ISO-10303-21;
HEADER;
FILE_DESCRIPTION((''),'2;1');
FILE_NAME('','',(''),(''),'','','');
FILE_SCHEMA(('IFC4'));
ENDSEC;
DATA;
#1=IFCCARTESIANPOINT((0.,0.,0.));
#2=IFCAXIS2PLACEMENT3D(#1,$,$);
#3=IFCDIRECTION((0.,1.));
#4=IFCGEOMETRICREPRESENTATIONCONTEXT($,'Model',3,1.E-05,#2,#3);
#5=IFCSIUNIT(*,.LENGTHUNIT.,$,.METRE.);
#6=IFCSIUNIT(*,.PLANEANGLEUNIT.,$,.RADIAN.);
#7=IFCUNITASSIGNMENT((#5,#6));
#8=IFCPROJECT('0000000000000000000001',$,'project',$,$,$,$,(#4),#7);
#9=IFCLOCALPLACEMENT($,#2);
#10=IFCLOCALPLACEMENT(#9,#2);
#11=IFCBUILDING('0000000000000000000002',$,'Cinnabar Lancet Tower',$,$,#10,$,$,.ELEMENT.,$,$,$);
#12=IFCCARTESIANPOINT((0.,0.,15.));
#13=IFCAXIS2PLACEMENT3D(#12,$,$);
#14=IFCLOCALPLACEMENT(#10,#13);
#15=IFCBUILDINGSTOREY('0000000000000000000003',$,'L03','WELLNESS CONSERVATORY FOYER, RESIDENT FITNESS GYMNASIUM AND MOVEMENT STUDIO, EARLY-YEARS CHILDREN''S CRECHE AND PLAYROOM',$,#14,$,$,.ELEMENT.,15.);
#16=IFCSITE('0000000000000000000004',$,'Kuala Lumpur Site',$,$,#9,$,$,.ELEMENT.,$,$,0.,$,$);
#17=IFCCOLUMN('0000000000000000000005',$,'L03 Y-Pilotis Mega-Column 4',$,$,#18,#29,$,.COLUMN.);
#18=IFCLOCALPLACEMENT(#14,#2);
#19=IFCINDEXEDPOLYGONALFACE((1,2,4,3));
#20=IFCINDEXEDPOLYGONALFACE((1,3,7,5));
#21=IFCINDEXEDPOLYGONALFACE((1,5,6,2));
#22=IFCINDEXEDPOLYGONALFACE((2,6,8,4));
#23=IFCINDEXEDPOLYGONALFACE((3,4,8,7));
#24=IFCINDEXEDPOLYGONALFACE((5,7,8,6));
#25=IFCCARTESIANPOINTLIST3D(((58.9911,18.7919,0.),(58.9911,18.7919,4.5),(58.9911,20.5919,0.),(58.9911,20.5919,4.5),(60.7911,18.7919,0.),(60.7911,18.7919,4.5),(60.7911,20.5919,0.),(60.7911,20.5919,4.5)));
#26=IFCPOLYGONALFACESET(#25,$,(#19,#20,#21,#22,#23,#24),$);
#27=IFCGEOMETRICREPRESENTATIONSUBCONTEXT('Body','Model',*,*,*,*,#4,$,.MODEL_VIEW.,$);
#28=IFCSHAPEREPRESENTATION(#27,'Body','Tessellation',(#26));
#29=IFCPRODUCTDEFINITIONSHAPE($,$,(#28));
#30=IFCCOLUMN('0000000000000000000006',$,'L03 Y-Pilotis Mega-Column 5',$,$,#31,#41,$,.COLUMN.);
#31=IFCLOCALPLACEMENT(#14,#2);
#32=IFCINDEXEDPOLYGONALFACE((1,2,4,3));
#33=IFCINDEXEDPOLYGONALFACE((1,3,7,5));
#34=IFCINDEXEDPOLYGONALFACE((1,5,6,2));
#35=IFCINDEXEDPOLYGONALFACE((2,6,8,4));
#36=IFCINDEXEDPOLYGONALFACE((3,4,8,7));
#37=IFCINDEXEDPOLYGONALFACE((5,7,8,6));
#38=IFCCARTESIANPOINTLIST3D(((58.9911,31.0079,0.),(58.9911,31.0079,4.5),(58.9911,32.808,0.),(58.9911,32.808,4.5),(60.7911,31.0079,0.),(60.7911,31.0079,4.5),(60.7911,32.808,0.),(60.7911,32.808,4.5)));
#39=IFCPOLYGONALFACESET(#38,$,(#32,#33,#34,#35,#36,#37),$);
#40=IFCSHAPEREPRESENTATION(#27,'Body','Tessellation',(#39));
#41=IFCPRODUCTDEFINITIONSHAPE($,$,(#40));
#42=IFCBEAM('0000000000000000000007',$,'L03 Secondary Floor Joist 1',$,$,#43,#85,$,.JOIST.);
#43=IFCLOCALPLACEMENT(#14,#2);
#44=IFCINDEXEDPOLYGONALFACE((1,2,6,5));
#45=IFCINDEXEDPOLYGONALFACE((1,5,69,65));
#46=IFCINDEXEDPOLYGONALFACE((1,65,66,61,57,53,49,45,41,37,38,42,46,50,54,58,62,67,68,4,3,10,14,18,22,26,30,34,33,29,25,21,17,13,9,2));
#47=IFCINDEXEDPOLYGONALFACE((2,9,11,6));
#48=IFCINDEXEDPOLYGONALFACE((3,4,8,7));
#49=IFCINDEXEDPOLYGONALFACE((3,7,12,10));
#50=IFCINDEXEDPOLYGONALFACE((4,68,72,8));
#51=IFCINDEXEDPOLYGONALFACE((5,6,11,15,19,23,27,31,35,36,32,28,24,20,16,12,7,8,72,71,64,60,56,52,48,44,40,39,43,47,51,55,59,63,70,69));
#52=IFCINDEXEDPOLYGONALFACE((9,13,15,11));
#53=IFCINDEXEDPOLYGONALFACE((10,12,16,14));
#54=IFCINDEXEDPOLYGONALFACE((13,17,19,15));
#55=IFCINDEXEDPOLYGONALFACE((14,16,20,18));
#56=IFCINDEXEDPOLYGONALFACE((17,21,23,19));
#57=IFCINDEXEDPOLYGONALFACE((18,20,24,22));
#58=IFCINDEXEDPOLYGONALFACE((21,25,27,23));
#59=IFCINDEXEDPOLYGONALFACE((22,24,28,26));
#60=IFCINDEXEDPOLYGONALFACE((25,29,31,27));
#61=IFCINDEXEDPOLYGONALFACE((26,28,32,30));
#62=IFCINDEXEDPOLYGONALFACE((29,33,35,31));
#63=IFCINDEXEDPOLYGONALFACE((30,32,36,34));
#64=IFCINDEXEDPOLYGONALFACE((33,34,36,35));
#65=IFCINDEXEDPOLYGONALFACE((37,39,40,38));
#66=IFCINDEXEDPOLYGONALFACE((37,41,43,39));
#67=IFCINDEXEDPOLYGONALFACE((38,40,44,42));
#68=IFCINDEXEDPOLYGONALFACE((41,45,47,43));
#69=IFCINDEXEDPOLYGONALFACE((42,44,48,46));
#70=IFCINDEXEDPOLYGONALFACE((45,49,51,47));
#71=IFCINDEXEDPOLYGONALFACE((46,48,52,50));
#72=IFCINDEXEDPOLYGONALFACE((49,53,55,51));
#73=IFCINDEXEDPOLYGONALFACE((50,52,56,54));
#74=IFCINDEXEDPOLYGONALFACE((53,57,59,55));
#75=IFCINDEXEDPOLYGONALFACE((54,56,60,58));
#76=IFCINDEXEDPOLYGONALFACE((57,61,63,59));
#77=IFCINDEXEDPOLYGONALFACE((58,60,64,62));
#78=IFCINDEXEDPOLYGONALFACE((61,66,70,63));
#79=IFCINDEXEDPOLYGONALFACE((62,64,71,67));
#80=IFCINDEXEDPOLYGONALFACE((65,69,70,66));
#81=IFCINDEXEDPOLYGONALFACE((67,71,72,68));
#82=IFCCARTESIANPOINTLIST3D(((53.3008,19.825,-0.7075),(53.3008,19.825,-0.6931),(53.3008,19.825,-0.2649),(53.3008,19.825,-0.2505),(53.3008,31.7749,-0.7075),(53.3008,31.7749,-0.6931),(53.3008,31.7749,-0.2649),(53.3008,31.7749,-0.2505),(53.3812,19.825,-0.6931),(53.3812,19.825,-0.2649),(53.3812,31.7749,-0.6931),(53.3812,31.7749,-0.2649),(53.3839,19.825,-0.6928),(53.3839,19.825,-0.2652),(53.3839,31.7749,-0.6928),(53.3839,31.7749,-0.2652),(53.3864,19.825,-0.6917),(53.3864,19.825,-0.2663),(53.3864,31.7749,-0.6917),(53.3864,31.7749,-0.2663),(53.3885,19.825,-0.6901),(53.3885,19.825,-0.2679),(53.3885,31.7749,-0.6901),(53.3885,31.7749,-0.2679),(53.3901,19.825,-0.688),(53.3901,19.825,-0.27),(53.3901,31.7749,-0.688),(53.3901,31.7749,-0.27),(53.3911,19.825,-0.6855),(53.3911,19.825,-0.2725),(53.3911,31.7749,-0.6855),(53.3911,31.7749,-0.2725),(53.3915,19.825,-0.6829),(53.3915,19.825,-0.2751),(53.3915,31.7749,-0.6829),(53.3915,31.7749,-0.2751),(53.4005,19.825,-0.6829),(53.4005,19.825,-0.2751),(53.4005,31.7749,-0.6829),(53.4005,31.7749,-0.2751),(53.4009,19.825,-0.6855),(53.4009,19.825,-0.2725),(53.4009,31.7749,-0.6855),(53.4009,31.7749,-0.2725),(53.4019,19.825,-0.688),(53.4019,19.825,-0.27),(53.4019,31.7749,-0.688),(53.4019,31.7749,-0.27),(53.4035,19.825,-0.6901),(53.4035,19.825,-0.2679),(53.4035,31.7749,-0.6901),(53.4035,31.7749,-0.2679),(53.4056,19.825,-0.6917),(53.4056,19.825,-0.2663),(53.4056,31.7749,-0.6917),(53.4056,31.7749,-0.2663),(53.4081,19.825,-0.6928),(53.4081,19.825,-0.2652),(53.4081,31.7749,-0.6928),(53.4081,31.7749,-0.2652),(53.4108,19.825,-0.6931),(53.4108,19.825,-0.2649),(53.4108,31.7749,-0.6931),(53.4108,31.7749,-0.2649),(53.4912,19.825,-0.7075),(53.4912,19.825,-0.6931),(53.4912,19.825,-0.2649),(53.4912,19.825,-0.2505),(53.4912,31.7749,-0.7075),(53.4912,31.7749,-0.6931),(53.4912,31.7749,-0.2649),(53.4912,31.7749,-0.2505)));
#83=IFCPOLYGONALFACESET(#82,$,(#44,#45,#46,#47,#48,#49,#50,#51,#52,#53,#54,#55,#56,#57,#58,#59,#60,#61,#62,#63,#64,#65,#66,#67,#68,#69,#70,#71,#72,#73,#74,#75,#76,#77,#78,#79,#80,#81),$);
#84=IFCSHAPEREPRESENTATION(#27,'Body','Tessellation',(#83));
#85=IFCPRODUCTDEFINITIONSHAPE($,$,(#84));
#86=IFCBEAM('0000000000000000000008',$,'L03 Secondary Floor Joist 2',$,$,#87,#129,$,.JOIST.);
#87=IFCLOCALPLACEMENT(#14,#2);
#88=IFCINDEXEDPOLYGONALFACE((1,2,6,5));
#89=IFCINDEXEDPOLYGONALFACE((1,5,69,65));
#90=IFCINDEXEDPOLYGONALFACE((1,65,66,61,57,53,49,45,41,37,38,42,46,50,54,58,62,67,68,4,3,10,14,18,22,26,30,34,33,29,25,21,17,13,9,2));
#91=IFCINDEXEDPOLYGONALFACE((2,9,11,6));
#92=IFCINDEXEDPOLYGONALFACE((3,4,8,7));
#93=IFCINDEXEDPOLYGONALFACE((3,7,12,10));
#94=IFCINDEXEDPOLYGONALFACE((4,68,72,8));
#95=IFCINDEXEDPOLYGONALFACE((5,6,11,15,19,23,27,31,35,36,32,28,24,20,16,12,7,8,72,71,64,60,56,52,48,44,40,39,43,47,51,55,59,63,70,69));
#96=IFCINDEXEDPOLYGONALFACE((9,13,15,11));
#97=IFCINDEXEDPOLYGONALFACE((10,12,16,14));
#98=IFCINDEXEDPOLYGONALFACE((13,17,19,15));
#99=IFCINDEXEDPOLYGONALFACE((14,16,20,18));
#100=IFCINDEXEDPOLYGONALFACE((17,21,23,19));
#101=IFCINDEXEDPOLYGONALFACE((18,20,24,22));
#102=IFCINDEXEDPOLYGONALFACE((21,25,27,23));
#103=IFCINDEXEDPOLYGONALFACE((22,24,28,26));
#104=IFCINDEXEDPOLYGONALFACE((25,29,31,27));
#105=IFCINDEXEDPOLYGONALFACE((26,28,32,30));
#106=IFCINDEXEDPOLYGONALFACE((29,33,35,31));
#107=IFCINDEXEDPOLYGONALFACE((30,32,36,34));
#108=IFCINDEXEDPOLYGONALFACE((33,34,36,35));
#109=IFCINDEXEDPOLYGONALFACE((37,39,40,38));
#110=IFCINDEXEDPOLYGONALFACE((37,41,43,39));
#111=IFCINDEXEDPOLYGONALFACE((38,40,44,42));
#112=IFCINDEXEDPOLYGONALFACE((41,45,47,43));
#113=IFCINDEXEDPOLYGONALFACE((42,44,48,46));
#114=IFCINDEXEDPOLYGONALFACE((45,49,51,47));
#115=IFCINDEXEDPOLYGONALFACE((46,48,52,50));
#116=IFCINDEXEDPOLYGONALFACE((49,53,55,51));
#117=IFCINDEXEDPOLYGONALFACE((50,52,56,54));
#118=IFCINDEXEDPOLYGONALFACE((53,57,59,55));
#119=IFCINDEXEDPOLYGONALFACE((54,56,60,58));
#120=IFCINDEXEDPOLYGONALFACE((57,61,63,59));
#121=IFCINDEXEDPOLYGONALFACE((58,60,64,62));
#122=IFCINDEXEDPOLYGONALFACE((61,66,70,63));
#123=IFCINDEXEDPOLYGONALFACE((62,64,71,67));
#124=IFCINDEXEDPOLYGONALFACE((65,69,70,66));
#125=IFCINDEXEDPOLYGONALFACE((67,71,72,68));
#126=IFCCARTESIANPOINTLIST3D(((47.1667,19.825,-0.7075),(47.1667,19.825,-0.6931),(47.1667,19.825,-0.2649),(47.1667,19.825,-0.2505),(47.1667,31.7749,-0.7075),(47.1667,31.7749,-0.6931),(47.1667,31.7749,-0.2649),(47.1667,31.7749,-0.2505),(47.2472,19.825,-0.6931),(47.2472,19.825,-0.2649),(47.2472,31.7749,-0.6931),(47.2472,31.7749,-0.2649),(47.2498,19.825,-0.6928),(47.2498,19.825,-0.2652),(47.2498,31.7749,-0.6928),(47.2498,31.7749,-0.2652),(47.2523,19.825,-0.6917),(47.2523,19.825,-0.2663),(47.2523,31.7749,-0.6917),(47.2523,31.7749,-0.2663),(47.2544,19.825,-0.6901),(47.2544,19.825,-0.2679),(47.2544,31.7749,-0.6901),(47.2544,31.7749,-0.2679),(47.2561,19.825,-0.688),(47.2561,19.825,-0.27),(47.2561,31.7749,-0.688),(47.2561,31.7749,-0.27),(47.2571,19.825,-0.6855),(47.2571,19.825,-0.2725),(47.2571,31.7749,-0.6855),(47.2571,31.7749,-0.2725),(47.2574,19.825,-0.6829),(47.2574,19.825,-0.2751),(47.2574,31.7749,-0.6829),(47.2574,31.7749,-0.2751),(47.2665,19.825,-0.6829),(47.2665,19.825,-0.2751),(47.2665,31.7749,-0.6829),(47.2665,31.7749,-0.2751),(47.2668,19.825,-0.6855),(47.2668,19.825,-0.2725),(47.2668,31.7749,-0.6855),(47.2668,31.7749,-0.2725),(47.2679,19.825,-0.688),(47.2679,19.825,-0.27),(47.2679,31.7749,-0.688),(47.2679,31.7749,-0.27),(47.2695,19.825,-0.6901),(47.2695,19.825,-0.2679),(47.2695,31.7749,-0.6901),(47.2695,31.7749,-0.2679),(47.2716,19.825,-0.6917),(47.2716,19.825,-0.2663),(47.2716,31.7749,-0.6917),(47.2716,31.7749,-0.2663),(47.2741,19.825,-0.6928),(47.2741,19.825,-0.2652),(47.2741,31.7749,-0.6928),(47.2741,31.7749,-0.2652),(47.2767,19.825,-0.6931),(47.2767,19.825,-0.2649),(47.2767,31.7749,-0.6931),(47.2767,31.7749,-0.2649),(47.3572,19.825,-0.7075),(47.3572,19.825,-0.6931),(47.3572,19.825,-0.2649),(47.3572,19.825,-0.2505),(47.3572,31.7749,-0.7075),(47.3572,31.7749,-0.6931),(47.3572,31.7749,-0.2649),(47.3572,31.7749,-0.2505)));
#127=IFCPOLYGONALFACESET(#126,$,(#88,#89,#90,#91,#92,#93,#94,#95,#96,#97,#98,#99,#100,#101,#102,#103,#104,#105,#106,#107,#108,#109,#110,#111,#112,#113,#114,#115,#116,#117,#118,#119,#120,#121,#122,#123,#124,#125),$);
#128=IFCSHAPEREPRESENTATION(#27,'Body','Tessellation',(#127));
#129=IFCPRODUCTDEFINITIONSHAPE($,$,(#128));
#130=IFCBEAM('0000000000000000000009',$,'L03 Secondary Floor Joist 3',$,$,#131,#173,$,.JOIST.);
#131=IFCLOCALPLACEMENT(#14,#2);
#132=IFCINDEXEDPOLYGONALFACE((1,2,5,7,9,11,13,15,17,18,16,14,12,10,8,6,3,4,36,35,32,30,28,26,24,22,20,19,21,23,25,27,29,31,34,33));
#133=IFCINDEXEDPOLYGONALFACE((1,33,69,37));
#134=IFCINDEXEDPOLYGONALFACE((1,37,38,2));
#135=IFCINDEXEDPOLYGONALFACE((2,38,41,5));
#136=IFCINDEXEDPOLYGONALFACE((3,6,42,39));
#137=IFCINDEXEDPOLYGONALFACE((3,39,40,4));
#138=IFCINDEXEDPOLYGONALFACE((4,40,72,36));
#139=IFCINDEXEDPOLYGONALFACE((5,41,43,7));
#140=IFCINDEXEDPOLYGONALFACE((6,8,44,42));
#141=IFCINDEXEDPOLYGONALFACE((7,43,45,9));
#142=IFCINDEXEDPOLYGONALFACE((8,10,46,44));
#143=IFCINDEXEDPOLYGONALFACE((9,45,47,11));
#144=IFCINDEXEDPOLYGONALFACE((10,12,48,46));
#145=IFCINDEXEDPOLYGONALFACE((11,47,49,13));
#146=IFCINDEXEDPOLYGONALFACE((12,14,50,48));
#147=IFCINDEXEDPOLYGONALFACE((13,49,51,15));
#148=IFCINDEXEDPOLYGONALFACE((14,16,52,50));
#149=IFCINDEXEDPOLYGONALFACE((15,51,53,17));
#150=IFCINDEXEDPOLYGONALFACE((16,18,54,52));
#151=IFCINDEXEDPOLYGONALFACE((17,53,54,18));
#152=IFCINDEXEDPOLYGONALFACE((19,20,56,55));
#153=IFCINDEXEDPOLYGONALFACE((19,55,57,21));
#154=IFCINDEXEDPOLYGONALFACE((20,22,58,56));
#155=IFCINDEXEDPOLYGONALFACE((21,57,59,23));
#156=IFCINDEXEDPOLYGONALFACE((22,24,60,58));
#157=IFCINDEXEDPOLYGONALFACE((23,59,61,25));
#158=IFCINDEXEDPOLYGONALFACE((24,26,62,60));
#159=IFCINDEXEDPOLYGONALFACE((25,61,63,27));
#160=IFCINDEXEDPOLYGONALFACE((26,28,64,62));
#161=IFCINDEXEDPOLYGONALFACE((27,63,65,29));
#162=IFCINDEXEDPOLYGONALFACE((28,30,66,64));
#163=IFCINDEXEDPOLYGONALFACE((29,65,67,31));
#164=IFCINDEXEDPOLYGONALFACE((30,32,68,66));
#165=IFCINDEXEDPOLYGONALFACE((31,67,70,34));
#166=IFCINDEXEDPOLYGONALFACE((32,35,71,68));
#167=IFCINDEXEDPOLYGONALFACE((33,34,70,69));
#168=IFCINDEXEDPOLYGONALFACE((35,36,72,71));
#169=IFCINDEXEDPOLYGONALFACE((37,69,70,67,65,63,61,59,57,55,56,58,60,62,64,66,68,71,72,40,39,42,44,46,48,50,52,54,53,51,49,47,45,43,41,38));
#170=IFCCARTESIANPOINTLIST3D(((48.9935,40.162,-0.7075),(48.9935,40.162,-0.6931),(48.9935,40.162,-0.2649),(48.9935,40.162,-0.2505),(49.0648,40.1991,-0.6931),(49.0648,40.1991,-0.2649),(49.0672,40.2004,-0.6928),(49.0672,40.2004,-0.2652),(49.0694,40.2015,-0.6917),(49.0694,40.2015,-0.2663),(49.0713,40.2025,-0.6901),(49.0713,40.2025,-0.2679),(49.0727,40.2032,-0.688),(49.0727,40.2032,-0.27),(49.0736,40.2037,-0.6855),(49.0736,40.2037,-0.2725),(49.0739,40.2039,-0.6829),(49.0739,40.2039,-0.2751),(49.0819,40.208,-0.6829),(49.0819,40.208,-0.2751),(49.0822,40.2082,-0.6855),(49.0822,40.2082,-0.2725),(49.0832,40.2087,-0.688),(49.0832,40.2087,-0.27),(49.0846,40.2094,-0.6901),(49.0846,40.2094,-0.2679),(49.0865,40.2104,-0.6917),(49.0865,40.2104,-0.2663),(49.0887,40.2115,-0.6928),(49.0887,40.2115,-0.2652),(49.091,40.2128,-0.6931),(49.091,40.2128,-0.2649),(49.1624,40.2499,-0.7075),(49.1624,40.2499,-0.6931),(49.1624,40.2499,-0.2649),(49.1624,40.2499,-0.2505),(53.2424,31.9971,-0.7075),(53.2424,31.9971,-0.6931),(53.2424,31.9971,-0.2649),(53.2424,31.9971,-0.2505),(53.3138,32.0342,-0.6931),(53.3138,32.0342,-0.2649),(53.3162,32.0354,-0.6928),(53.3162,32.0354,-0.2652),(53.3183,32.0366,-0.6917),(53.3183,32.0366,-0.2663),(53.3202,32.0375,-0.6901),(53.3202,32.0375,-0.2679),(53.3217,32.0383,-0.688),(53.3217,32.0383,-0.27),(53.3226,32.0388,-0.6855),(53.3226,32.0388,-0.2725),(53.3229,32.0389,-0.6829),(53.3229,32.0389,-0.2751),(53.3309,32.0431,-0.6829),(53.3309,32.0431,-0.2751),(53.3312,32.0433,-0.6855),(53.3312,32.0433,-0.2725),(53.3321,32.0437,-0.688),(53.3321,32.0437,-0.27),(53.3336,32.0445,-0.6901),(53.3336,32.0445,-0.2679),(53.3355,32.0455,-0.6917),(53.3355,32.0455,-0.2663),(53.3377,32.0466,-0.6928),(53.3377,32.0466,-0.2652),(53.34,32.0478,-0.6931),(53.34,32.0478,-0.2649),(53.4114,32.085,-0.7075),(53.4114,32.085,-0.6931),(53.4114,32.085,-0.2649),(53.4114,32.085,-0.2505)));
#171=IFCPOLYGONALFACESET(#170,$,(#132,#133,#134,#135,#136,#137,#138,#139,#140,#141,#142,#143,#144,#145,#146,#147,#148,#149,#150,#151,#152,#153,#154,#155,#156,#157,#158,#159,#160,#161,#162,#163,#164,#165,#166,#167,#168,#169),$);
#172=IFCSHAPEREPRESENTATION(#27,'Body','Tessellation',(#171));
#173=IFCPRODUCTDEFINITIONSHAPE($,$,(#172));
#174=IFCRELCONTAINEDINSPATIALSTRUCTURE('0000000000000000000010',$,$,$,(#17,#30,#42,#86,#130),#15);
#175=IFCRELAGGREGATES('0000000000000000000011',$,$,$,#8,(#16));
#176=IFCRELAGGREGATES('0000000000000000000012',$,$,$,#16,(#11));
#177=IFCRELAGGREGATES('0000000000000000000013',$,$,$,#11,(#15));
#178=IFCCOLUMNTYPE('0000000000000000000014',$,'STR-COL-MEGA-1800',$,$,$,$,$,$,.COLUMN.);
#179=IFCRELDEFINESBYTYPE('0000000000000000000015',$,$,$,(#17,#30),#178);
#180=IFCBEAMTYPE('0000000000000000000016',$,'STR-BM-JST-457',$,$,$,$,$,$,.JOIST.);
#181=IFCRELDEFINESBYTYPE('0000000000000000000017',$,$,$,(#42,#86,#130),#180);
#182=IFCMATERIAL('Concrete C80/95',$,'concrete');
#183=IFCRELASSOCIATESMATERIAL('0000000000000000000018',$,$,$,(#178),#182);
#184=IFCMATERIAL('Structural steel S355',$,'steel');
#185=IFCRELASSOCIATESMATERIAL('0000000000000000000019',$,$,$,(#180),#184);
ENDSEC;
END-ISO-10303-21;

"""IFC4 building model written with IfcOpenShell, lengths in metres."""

from ifc_helpers import new_model, si_unit, direction, frame, origin, origin_2d, place, context, subcontext, project, spatial, rectangle, i_section, extrude, material, material_profile, profile_set, type_object, element, save


model = new_model("IFC4")

# Units and contexts
model_context = context("Model", 3, precision=1e-05, world=origin(), true_north=direction((0.0, 1.0)))
body_context = subcontext(model_context, "Body", "Model", "MODEL_VIEW")
ifc_project = project(units=[si_unit("LENGTHUNIT", "METRE"), si_unit("PLANEANGLEUNIT", "RADIAN")], contexts=[model_context])

# Site, building, storey
site_placement = place(None, origin())
site = spatial("IfcSite", under=ifc_project, at=site_placement, Name="Kuala Lumpur Site", CompositionType="ELEMENT", RefElevation=0.0)
building_placement = place(site_placement, origin())
building = spatial("IfcBuilding", under=site, at=building_placement, Name="Cinnabar Lancet Tower", CompositionType="ELEMENT")
storey_placement = place(building_placement, frame((0.0, 0.0, 15.0)))
storey = spatial("IfcBuildingStorey", under=building, at=storey_placement, Name="L03", Description="WELLNESS CONSERVATORY FOYER, RESIDENT FITNESS GYMNASIUM AND MOVEMENT STUDIO, EARLY-YEARS CHILDREN'S CRECHE AND PLAYROOM", CompositionType="ELEMENT", Elevation=15.0)

# Columns
ifc_material_1 = material(Name="Concrete C80/95", Category="concrete")
ifc_material_profile_1 = material_profile(ifc_material_1, rectangle(XDim=1.8, YDim=1.8, at=origin_2d()), Name="RC-MEGA 1800x1800")
ifc_profile_set_1 = profile_set([ifc_material_profile_1], Name="Concrete C80/95")
column_type = type_object("IfcColumnType", Name="STR-COL-MEGA-1800", PredefinedType="COLUMN", material=ifc_profile_set_1)
for number, where, z_axis, x_axis, name in (
    (1, (59.8911, 19.6919, 0.0), (0.0, 0.0, 1.0), (1.0, 0.0, 0.0), "L03 Y-Pilotis Mega-Column 4"),
    (2, (59.8911, 31.908, 0.0), (0.0, 0.0, 1.0), (1.0, 0.0, 0.0), "L03 Y-Pilotis Mega-Column 5"),
):
    element("IfcColumn", number, at=place(storey_placement, frame(where, z_axis=z_axis, x_axis=x_axis)), inside=storey, type_object=column_type, Name=name, PredefinedType="COLUMN", context=body_context, shape_type="SweptSolid", body=[
        extrude(rectangle(XDim=1.8, YDim=1.8, at=origin_2d()), origin(), (0.0, 0.0, 1.0), 4.5),
    ])

# Beams
ifc_material_2 = material(Name="Structural steel S355", Category="steel")
ifc_material_profile_2 = material_profile(ifc_material_2, i_section(OverallWidth=0.1904, OverallDepth=0.457, WebThickness=0.009, FlangeThickness=0.0144, FilletRadius=0.0103, at=origin_2d()), Name="UKB 457x191x74")
ifc_profile_set_2 = profile_set([ifc_material_profile_2], Name="Structural steel S355")
beam_type_1 = type_object("IfcBeamType", Name="STR-BM-JST-457", PredefinedType="JOIST", material=ifc_profile_set_2)
for number, where, z_axis, x_axis, name in (
    (3, (53.396, 19.825, -0.479), (0.0, 1.0, 0.0), (-1.0, 0.0, 0.0), "L03 Secondary Floor Joist 1"),
    (4, (47.262, 19.825, -0.479), (0.0, 1.0, 0.0), (-1.0, 0.0, 0.0), "L03 Secondary Floor Joist 2"),
):
    element("IfcBeam", number, at=place(storey_placement, frame(where, z_axis=z_axis, x_axis=x_axis)), inside=storey, type_object=beam_type_1, Name=name, PredefinedType="JOIST", context=body_context, shape_type="SweptSolid", body=[
        extrude(i_section(OverallWidth=0.1904, OverallDepth=0.457, WebThickness=0.009, FlangeThickness=0.0144, FilletRadius=0.0103, at=origin_2d()), origin(), (0.0, 0.0, 1.0), 11.95),
    ])
beam_1_placement = place(storey_placement, frame((53.3269, 32.041, -0.479), z_axis=(-0.461627, 0.887074, 0.0), x_axis=(-0.887074, -0.461627, 0.0)))
element("IfcBeam", 5, at=beam_1_placement, inside=storey, type_object=beam_type_1, Name="L03 Secondary Floor Joist 3", PredefinedType="JOIST", context=body_context, shape_type="SweptSolid", body=[
    extrude(i_section(OverallWidth=0.1904, OverallDepth=0.457, WebThickness=0.009, FlangeThickness=0.0144, FilletRadius=0.0103, at=origin_2d()), origin(), (0.0, 0.0, 1.0), 9.2043),
])

save(model, "model.ifc")
